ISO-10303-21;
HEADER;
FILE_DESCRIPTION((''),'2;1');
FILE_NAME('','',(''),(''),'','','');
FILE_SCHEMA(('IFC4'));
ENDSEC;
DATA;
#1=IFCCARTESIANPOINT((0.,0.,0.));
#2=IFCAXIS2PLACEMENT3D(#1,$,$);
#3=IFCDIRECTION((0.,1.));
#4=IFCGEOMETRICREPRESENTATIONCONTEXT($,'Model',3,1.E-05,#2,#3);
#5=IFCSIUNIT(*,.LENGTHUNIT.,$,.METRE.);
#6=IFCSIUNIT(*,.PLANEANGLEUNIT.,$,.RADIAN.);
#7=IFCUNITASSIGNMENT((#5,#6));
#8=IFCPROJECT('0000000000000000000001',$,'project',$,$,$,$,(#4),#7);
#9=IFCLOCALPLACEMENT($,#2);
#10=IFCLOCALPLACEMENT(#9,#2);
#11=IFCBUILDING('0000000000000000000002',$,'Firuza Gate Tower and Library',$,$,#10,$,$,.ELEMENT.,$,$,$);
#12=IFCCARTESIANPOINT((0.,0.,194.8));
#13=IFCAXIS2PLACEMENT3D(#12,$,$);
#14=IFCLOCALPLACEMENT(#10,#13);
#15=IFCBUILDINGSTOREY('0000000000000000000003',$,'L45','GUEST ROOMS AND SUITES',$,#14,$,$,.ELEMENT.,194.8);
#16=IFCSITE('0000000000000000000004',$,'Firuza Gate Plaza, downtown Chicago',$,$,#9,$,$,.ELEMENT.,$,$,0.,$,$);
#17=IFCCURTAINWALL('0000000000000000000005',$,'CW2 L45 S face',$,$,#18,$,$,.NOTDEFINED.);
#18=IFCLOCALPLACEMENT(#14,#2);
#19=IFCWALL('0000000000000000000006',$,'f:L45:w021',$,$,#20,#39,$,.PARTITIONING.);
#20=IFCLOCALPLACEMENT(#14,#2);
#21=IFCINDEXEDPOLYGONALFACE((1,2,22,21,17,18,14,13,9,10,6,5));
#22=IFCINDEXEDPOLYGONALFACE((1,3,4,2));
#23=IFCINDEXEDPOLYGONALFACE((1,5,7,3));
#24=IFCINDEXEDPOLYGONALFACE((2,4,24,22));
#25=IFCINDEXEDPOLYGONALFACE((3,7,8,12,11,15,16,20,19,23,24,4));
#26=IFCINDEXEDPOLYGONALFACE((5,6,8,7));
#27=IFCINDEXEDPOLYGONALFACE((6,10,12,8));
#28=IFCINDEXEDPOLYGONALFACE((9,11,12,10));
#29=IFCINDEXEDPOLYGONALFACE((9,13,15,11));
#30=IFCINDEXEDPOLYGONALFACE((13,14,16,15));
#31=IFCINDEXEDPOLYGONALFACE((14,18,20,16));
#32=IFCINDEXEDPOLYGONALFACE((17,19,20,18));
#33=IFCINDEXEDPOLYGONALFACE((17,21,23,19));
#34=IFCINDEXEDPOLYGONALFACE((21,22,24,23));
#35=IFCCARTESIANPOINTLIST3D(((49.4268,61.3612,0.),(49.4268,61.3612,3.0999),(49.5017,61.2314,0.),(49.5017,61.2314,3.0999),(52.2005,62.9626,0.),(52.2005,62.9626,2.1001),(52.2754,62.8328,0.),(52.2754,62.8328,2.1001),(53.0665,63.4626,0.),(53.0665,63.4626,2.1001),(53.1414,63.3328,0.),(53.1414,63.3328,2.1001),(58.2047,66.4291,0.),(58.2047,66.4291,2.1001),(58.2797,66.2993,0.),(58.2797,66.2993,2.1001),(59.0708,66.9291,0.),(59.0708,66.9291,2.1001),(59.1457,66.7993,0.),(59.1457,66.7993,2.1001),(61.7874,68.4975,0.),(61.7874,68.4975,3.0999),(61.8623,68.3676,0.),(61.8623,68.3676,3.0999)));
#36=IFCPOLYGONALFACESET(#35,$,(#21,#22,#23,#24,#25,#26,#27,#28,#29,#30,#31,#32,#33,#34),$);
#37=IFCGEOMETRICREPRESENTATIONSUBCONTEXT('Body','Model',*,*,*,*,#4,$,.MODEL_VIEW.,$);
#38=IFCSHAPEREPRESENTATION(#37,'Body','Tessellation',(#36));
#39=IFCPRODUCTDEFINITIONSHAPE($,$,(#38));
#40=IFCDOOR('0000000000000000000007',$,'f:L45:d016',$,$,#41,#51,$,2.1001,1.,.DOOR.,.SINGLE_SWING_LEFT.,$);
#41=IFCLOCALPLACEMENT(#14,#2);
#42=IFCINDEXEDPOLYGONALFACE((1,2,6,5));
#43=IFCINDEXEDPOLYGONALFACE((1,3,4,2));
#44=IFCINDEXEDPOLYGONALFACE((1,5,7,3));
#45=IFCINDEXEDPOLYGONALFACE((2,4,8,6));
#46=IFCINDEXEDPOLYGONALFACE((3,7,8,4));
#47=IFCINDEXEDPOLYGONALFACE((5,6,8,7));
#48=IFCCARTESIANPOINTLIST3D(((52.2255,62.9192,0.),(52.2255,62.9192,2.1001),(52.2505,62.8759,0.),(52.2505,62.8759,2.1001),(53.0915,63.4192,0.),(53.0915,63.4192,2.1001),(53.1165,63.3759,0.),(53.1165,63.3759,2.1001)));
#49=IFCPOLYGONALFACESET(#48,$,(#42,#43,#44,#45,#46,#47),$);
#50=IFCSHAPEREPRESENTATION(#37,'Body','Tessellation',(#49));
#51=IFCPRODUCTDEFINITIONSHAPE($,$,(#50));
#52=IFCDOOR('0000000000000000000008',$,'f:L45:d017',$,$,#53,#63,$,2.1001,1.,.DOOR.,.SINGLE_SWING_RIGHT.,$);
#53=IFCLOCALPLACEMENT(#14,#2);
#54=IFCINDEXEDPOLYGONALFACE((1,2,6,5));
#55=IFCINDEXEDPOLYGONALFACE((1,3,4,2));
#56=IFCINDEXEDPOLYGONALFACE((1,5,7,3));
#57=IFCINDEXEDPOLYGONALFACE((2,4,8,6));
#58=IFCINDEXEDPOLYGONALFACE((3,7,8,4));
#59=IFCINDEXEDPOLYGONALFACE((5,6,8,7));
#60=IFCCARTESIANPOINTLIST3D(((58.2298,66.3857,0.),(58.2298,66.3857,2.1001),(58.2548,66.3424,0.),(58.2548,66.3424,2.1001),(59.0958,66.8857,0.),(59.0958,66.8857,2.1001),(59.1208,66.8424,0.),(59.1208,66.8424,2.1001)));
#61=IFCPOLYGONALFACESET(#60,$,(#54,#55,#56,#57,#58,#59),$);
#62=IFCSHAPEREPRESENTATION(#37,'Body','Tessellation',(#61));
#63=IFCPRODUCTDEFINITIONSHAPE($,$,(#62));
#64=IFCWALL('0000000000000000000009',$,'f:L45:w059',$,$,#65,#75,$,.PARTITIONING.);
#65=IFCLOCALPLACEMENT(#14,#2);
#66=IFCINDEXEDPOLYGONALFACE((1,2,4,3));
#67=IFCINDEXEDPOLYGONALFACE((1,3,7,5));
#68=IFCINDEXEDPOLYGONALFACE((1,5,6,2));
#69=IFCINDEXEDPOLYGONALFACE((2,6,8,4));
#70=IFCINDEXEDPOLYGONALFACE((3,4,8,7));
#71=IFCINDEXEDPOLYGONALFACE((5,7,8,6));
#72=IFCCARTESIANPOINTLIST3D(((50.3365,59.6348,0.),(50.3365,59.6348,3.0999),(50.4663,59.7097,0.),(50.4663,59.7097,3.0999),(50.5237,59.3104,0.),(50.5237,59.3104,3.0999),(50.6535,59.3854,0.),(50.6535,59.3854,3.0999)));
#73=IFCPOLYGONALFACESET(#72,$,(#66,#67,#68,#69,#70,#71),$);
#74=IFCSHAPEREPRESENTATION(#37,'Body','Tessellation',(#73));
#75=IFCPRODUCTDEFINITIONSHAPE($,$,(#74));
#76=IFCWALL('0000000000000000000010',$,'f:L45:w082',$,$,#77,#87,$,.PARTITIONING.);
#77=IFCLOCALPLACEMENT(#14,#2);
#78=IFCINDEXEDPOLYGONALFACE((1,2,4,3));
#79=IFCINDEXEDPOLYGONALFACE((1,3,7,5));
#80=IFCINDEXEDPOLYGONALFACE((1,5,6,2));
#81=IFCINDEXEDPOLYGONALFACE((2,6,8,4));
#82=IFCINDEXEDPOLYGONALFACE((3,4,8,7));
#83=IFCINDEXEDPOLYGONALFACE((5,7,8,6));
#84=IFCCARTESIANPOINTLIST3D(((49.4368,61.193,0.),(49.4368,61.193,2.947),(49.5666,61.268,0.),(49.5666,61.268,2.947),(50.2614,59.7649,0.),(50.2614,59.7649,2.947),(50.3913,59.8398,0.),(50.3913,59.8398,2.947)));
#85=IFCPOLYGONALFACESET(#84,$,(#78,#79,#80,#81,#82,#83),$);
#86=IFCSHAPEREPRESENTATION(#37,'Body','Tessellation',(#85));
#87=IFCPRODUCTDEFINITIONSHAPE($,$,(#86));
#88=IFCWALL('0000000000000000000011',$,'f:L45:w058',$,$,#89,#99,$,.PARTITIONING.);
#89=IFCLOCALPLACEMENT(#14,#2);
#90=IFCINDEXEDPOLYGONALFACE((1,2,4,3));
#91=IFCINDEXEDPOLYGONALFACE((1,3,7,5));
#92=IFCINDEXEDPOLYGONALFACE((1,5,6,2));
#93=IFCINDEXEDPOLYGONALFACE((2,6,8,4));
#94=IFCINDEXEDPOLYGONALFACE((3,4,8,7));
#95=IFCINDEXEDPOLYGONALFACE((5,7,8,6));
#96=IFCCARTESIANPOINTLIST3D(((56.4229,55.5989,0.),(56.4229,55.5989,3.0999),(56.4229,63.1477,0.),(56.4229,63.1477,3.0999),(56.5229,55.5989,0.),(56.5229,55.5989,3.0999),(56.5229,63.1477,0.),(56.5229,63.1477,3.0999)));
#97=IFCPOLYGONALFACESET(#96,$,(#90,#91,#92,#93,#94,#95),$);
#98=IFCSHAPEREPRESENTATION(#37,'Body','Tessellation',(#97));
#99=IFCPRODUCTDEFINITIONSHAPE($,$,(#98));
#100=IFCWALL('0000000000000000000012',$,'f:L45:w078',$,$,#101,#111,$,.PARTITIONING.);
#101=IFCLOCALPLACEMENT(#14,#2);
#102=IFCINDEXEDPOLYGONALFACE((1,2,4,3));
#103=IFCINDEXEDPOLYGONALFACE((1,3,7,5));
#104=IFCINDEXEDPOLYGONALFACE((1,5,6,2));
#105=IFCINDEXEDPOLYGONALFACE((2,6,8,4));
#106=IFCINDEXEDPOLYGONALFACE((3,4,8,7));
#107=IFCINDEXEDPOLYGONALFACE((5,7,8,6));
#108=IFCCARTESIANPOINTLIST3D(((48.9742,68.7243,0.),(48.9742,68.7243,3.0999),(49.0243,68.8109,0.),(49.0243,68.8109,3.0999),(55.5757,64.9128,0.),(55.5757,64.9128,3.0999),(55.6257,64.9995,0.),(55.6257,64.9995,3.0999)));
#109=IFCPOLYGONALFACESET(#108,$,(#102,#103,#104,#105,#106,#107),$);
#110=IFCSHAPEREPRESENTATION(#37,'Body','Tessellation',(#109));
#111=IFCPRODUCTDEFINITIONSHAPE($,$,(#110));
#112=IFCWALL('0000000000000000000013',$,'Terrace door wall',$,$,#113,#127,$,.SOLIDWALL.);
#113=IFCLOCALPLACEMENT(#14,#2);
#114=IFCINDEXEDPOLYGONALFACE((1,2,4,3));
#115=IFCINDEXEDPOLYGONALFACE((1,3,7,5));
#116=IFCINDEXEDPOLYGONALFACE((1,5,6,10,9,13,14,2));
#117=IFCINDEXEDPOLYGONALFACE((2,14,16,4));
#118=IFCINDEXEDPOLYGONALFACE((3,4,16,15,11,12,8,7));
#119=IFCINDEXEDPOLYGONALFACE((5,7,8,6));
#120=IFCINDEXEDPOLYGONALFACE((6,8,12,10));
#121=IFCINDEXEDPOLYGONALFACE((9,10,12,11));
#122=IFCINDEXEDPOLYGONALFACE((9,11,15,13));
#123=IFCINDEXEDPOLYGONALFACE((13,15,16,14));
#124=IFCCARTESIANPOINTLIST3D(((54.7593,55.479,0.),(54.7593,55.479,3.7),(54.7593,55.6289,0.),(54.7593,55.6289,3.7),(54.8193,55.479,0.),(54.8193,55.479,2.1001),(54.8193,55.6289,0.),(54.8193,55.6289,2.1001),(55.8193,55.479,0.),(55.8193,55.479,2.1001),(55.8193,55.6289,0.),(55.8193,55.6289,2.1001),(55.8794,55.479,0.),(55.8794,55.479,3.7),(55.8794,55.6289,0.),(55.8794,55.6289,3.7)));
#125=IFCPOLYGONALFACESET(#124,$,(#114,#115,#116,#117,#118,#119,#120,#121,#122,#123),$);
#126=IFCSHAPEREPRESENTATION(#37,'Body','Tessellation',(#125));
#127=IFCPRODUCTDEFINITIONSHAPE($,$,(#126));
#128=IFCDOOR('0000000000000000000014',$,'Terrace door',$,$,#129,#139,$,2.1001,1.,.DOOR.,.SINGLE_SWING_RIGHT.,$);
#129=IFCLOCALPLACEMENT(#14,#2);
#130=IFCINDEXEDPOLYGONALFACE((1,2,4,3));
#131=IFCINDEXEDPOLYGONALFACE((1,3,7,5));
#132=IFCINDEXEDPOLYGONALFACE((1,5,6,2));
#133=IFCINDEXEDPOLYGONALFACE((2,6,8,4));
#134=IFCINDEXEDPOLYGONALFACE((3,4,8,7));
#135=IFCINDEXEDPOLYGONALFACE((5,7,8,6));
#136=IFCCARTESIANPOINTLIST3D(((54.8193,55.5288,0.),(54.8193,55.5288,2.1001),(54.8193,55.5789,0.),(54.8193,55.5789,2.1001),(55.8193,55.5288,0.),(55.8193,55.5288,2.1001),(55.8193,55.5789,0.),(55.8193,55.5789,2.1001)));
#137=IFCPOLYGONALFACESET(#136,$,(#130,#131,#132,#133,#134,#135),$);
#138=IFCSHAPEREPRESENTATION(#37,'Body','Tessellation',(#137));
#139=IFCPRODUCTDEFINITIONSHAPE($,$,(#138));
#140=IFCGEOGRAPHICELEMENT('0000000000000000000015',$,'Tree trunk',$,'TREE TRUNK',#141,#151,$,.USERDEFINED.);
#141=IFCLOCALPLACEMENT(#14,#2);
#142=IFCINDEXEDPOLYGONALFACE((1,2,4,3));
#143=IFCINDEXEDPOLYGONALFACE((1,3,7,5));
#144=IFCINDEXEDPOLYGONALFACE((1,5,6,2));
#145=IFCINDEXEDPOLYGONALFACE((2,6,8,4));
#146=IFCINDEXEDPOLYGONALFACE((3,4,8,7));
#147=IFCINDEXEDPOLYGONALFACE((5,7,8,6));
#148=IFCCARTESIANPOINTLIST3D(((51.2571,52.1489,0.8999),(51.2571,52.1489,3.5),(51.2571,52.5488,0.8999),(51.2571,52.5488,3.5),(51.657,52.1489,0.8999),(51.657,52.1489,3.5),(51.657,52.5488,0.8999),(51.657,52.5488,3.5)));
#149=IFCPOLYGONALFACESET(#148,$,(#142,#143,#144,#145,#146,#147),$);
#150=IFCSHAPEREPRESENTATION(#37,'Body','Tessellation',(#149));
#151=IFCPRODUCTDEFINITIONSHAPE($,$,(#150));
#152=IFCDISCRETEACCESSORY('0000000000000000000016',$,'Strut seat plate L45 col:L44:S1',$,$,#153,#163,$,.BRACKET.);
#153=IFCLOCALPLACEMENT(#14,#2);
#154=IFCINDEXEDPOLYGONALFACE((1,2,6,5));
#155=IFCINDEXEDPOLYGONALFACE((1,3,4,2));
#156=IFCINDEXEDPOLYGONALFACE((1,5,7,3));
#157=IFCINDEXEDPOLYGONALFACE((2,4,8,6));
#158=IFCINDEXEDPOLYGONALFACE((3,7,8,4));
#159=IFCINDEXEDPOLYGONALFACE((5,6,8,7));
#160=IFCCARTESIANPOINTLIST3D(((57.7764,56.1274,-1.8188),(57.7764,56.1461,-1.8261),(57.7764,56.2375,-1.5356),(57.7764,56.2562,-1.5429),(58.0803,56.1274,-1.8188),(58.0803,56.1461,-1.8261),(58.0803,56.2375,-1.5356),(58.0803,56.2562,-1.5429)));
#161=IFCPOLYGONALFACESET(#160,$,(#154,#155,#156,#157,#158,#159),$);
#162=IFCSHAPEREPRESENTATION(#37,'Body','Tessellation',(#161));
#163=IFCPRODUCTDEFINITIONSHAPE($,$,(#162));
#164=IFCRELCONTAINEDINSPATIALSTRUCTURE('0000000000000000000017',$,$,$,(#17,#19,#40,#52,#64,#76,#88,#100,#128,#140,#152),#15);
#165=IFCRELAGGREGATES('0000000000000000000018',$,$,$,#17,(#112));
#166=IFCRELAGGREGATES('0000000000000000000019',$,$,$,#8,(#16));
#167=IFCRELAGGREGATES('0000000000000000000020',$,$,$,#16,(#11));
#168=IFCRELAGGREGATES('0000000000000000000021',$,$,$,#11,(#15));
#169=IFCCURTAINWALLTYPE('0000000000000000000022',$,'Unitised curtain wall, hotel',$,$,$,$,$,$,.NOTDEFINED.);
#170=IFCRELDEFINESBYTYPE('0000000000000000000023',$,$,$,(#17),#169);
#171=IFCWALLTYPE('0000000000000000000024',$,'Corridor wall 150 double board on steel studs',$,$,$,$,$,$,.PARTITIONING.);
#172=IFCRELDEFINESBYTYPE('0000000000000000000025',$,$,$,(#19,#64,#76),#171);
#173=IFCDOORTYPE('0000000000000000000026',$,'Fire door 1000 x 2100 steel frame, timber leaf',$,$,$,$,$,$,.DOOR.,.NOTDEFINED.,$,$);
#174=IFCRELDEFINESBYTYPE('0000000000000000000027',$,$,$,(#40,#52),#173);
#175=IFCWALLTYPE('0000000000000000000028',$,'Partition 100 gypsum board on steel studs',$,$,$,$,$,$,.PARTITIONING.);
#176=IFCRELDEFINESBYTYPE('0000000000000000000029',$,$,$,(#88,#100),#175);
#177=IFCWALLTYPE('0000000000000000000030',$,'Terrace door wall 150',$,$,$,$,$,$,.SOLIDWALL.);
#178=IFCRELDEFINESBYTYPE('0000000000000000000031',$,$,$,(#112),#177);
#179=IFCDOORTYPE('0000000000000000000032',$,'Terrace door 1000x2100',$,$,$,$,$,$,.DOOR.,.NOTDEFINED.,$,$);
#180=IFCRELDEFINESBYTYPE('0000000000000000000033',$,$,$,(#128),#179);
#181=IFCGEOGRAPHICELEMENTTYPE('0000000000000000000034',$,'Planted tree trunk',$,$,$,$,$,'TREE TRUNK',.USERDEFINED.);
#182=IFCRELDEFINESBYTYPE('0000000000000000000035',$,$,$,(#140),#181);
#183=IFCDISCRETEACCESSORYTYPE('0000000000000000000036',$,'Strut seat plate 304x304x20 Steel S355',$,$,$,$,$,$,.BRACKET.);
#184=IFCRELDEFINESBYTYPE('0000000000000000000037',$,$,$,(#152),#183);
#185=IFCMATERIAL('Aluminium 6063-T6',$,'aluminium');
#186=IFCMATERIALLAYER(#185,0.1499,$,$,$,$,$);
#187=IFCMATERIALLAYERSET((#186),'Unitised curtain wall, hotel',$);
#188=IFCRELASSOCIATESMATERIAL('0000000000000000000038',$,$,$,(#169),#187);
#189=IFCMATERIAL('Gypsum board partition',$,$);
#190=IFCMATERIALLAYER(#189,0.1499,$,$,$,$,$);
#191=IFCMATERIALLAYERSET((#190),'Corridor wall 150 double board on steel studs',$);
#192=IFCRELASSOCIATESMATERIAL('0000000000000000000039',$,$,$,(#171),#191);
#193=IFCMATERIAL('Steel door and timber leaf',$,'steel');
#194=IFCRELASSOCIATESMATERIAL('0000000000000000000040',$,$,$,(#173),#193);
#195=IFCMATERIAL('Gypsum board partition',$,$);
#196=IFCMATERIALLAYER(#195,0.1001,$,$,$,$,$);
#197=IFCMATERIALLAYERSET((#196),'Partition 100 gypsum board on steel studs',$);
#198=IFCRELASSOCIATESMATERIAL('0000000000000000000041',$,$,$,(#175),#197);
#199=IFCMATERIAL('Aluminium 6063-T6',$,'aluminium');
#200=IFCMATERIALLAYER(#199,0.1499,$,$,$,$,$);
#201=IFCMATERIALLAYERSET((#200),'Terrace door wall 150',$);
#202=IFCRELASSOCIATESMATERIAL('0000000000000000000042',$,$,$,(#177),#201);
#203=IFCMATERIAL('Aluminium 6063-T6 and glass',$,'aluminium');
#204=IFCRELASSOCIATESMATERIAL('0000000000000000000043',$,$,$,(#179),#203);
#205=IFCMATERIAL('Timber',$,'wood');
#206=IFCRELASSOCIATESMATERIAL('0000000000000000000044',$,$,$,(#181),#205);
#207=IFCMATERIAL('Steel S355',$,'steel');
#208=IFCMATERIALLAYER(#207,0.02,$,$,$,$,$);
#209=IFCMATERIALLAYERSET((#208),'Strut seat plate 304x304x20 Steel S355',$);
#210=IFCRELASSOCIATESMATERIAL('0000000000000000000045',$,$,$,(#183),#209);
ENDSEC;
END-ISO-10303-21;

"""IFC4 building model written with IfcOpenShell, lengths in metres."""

from ifc_helpers import new_model, si_unit, direction, frame, frame_2d, origin, origin_2d, place, context, subcontext, project, spatial, polyline, rectangle, outline, extrude, material, layer, layer_set, type_object, element, fill, aggregate, save


model = new_model("IFC4")

# Units and contexts
model_context = context("Model", 3, precision=1e-05, world=origin(), true_north=direction((0.0, 1.0)))
body_context = subcontext(model_context, "Body", "Model", "MODEL_VIEW")
ifc_project = project(units=[si_unit("LENGTHUNIT", "METRE"), si_unit("PLANEANGLEUNIT", "RADIAN")], contexts=[model_context])

# Site, building, storey
site_placement = place(None, origin())
site = spatial("IfcSite", under=ifc_project, at=site_placement, Name="Firuza Gate Plaza, downtown Chicago", CompositionType="ELEMENT", RefElevation=0.0)
building_placement = place(site_placement, origin())
building = spatial("IfcBuilding", under=site, at=building_placement, Name="Firuza Gate Tower and Library", CompositionType="ELEMENT")
storey_placement = place(building_placement, frame((0.0, 0.0, 194.8)))
storey = spatial("IfcBuildingStorey", under=building, at=storey_placement, Name="L45", Description="GUEST ROOMS AND SUITES", CompositionType="ELEMENT", Elevation=194.8)

# Curtain wall
ifc_material_1 = material(Name="Aluminium 6063-T6", Category="aluminium")
ifc_layer_1 = layer(ifc_material_1, 0.1499)
ifc_layer_set_1 = layer_set([ifc_layer_1], Name="Unitised curtain wall, hotel")
curtain_wall_type = type_object("IfcCurtainWallType", Name="Unitised curtain wall, hotel", PredefinedType="NOTDEFINED", material=ifc_layer_set_1)
curtain_wall_placement = place(storey_placement, origin())
curtain_wall = element("IfcCurtainWall", 1, at=curtain_wall_placement, inside=storey, type_object=curtain_wall_type, Name="CW2 L45 S face", PredefinedType="NOTDEFINED")

# Wall, openings, doors
ifc_material_2 = material(Name="Gypsum board partition")
ifc_layer_2 = layer(ifc_material_2, 0.1499)
ifc_layer_set_2 = layer_set([ifc_layer_2], Name="Corridor wall 150 double board on steel studs")
wall_type_1 = type_object("IfcWallType", Name="Corridor wall 150 double board on steel studs", PredefinedType="PARTITIONING", material=ifc_layer_set_2)
wall_1_placement = place(storey_placement, frame((49.4644, 61.2964, 0.0), z_axis=(0.0, 0.0, 1.0), x_axis=(0.86603, 0.499991, 0.0)))
wall_1 = element("IfcWall", 2, at=wall_1_placement, inside=storey, type_object=wall_type_1, Name="f:L45:w021", PredefinedType="PARTITIONING", context=body_context, shape_type="SweptSolid", body=[
    extrude(rectangle(XDim=14.2727, YDim=0.1499, at=frame_2d((7.1362, 0.0))), origin(), (0.0, 0.0, 1.0), 3.0999),
])
opening_1_placement = place(wall_1_placement, frame((3.2026, 0.0, 0.0)))
opening_1 = element("IfcOpeningElement", 3, at=opening_1_placement, cuts=wall_1, PredefinedType="OPENING", context=body_context, shape_type="SweptSolid", body=[
    extrude(rectangle(XDim=1.0, YDim=2.1001, at=frame_2d((0.5, 1.05))), frame((0.0, 0.085, 0.0), z_axis=(0.0, -1.0, 0.0), x_axis=(1.0, 0.0, 0.0)), (0.0, 0.0, 1.0), 0.1699),
])
opening_2_placement = place(wall_1_placement, frame((10.1357, 0.0, 0.0)))
opening_2 = element("IfcOpeningElement", 4, at=opening_2_placement, cuts=wall_1, PredefinedType="OPENING", context=body_context, shape_type="SweptSolid", body=[
    extrude(rectangle(XDim=1.0, YDim=2.1001, at=frame_2d((0.5, 1.05))), frame((0.0, 0.085, 0.0), z_axis=(0.0, -1.0, 0.0), x_axis=(1.0, 0.0, 0.0)), (0.0, 0.0, 1.0), 0.1699),
])
ifc_material_3 = material(Name="Steel door and timber leaf", Category="steel")
door_type_1 = type_object("IfcDoorType", Name="Fire door 1000 x 2100 steel frame, timber leaf", OperationType="NOTDEFINED", PredefinedType="DOOR", material=ifc_material_3)
door_1_placement = place(opening_1_placement, origin())
door_1 = element("IfcDoor", 5, at=door_1_placement, inside=storey, type_object=door_type_1, Name="f:L45:d016", OperationType="SINGLE_SWING_LEFT", OverallHeight=2.1001, OverallWidth=1.0, PredefinedType="DOOR", context=body_context, shape_type="SweptSolid", body=[
    extrude(rectangle(XDim=1.0, YDim=2.1001, at=frame_2d((0.5, 1.05))), frame((0.0, 0.0249, 0.0), z_axis=(0.0, -1.0, 0.0), x_axis=(1.0, 0.0, 0.0)), (0.0, 0.0, 1.0), 0.05),
])
fill(opening_1, door_1)
door_2_placement = place(opening_2_placement, origin())
door_2 = element("IfcDoor", 6, at=door_2_placement, inside=storey, type_object=door_type_1, Name="f:L45:d017", OperationType="SINGLE_SWING_RIGHT", OverallHeight=2.1001, OverallWidth=1.0, PredefinedType="DOOR", context=body_context, shape_type="SweptSolid", body=[
    extrude(rectangle(XDim=1.0, YDim=2.1001, at=frame_2d((0.5, 1.05))), frame((0.0, 0.0249, 0.0), z_axis=(0.0, -1.0, 0.0), x_axis=(1.0, 0.0, 0.0)), (0.0, 0.0, 1.0), 0.05),
])
fill(opening_2, door_2)

# Walls
wall_2_placement = place(storey_placement, frame((50.5886, 59.3479, 0.0), z_axis=(0.0, 0.0, 1.0), x_axis=(-0.499854, 0.86611, 0.0)))
element("IfcWall", 7, at=wall_2_placement, inside=storey, type_object=wall_type_1, Name="f:L45:w059", PredefinedType="PARTITIONING", context=body_context, shape_type="SweptSolid", body=[
    extrude(rectangle(XDim=0.3745, YDim=0.1499, at=frame_2d((0.1873, 0.0))), origin(), (0.0, 0.0, 1.0), 3.0999),
])
wall_3_placement = place(storey_placement, frame((50.3264, 59.8022, 0.0), z_axis=(0.0, 0.0, 1.0), x_axis=(-0.500056, 0.865993, 0.0)))
element("IfcWall", 8, at=wall_3_placement, inside=storey, type_object=wall_type_1, Name="f:L45:w082", PredefinedType="PARTITIONING", context=body_context, shape_type="SweptSolid", body=[
    extrude(rectangle(XDim=1.6492, YDim=0.1499, at=frame_2d((0.8247, 0.0))), origin(), (0.0, 0.0, 1.0), 2.947),
])
ifc_material_4 = material(Name="Gypsum board partition")
ifc_layer_3 = layer(ifc_material_4, 0.1001)
ifc_layer_set_3 = layer_set([ifc_layer_3], Name="Partition 100 gypsum board on steel studs")
wall_type_2 = type_object("IfcWallType", Name="Partition 100 gypsum board on steel studs", PredefinedType="PARTITIONING", material=ifc_layer_set_3)
wall_4_placement = place(storey_placement, frame((56.4729, 55.5989, 0.0), z_axis=(0.0, 0.0, 1.0), x_axis=(0.0, 1.0, 0.0)))
element("IfcWall", 9, at=wall_4_placement, inside=storey, type_object=wall_type_2, Name="f:L45:w058", PredefinedType="PARTITIONING", context=body_context, shape_type="SweptSolid", body=[
    extrude(rectangle(XDim=7.5488, YDim=0.1001, at=frame_2d((3.7744, 0.0))), origin(), (0.0, 0.0, 1.0), 3.0999),
])
wall_5_placement = place(storey_placement, frame((55.6008, 64.9561, 0.0), z_axis=(0.0, 0.0, 1.0), x_axis=(-0.866019, 0.500011, 0.0)))
element("IfcWall", 10, at=wall_5_placement, inside=storey, type_object=wall_type_2, Name="f:L45:w078", PredefinedType="PARTITIONING", context=body_context, shape_type="SweptSolid", body=[
    extrude(rectangle(XDim=7.6228, YDim=0.1001, at=frame_2d((3.8115, 0.0))), origin(), (0.0, 0.0, 1.0), 3.0999),
])

# Wall, opening, door
ifc_material_5 = material(Name="Aluminium 6063-T6", Category="aluminium")
ifc_layer_4 = layer(ifc_material_5, 0.1499)
ifc_layer_set_4 = layer_set([ifc_layer_4], Name="Terrace door wall 150")
wall_type_3 = type_object("IfcWallType", Name="Terrace door wall 150", PredefinedType="SOLIDWALL", material=ifc_layer_set_4)
wall_6_placement = place(storey_placement, frame((54.7593, 55.554, 0.0), z_axis=(0.0, 0.0, 1.0), x_axis=(1.0, 0.0, 0.0)))
wall_6 = element("IfcWall", 11, at=wall_6_placement, type_object=wall_type_3, Name="Terrace door wall", PredefinedType="SOLIDWALL", context=body_context, shape_type="SweptSolid", body=[
    extrude(rectangle(XDim=1.1201, YDim=0.1499, at=frame_2d((0.5601, 0.0))), origin(), (0.0, 0.0, 1.0), 3.7),
])
opening_3_placement = place(wall_6_placement, frame((0.0601, 0.0, 0.0)))
opening_3 = element("IfcOpeningElement", 12, at=opening_3_placement, cuts=wall_6, PredefinedType="OPENING", context=body_context, shape_type="SweptSolid", body=[
    extrude(rectangle(XDim=1.0, YDim=2.1001, at=frame_2d((0.5, 1.05))), frame((0.0, 0.085, 0.0), z_axis=(0.0, -1.0, 0.0), x_axis=(1.0, 0.0, 0.0)), (0.0, 0.0, 1.0), 0.1699),
])
ifc_material_6 = material(Name="Aluminium 6063-T6 and glass", Category="aluminium")
door_type_2 = type_object("IfcDoorType", Name="Terrace door 1000x2100", OperationType="NOTDEFINED", PredefinedType="DOOR", material=ifc_material_6)
door_3_placement = place(opening_3_placement, origin())
door_3 = element("IfcDoor", 13, at=door_3_placement, inside=storey, type_object=door_type_2, Name="Terrace door", OperationType="SINGLE_SWING_RIGHT", OverallHeight=2.1001, OverallWidth=1.0, PredefinedType="DOOR", context=body_context, shape_type="SweptSolid", body=[
    extrude(rectangle(XDim=1.0, YDim=2.1001, at=frame_2d((0.5, 1.05))), frame((0.0, 0.0249, 0.0), z_axis=(0.0, -1.0, 0.0), x_axis=(1.0, 0.0, 0.0)), (0.0, 0.0, 1.0), 0.05),
])
fill(opening_3, door_3)
aggregate(curtain_wall, [wall_6])

# Geographic element
ifc_material_7 = material(Name="Timber", Category="wood")
geographic_element_type = type_object("IfcGeographicElementType", Name="Planted tree trunk", ElementType="TREE TRUNK", PredefinedType="USERDEFINED", material=ifc_material_7)
geographic_element_placement = place(storey_placement, frame((51.457, 52.3489, 0.8999), z_axis=(0.0, 0.0, 1.0), x_axis=(1.0, 0.0, 0.0)))
element("IfcGeographicElement", 14, at=geographic_element_placement, inside=storey, type_object=geographic_element_type, Name="Tree trunk", ObjectType="TREE TRUNK", PredefinedType="USERDEFINED", context=body_context, shape_type="SweptSolid", body=[
    extrude(rectangle(XDim=0.3999, YDim=0.3999, at=origin_2d()), origin(), (0.0, 0.0, 1.0), 2.6001),
])

# Discrete accessory
ifc_material_8 = material(Name="Steel S355", Category="steel")
ifc_layer_5 = layer(ifc_material_8, 0.02)
ifc_layer_set_5 = layer_set([ifc_layer_5], Name="Strut seat plate 304x304x20 Steel S355")
discrete_accessory_type = type_object("IfcDiscreteAccessoryType", Name="Strut seat plate 304x304x20 Steel S355", PredefinedType="BRACKET", material=ifc_layer_set_5)
discrete_accessory_1_placement = place(storey_placement, frame((58.0803, 56.2375, -1.5356), z_axis=(0.0, -0.932035, 0.362369), x_axis=(-1.0, 0.0, 0.0)))
element("IfcDiscreteAccessory", 15, at=discrete_accessory_1_placement, inside=storey, type_object=discrete_accessory_type, Name="Strut seat plate L45 col:L44:S1", PredefinedType="BRACKET", context=body_context, shape_type="SweptSolid", body=[
    extrude(outline(polyline([(0.0, 0.0), (0.304, 0.0), (0.304, 0.3039), (0.0, 0.3039), (0.0, 0.0)])), origin(), (0.0, 0.0, -1.0), 0.02),
])

save(model, "model.ifc")
